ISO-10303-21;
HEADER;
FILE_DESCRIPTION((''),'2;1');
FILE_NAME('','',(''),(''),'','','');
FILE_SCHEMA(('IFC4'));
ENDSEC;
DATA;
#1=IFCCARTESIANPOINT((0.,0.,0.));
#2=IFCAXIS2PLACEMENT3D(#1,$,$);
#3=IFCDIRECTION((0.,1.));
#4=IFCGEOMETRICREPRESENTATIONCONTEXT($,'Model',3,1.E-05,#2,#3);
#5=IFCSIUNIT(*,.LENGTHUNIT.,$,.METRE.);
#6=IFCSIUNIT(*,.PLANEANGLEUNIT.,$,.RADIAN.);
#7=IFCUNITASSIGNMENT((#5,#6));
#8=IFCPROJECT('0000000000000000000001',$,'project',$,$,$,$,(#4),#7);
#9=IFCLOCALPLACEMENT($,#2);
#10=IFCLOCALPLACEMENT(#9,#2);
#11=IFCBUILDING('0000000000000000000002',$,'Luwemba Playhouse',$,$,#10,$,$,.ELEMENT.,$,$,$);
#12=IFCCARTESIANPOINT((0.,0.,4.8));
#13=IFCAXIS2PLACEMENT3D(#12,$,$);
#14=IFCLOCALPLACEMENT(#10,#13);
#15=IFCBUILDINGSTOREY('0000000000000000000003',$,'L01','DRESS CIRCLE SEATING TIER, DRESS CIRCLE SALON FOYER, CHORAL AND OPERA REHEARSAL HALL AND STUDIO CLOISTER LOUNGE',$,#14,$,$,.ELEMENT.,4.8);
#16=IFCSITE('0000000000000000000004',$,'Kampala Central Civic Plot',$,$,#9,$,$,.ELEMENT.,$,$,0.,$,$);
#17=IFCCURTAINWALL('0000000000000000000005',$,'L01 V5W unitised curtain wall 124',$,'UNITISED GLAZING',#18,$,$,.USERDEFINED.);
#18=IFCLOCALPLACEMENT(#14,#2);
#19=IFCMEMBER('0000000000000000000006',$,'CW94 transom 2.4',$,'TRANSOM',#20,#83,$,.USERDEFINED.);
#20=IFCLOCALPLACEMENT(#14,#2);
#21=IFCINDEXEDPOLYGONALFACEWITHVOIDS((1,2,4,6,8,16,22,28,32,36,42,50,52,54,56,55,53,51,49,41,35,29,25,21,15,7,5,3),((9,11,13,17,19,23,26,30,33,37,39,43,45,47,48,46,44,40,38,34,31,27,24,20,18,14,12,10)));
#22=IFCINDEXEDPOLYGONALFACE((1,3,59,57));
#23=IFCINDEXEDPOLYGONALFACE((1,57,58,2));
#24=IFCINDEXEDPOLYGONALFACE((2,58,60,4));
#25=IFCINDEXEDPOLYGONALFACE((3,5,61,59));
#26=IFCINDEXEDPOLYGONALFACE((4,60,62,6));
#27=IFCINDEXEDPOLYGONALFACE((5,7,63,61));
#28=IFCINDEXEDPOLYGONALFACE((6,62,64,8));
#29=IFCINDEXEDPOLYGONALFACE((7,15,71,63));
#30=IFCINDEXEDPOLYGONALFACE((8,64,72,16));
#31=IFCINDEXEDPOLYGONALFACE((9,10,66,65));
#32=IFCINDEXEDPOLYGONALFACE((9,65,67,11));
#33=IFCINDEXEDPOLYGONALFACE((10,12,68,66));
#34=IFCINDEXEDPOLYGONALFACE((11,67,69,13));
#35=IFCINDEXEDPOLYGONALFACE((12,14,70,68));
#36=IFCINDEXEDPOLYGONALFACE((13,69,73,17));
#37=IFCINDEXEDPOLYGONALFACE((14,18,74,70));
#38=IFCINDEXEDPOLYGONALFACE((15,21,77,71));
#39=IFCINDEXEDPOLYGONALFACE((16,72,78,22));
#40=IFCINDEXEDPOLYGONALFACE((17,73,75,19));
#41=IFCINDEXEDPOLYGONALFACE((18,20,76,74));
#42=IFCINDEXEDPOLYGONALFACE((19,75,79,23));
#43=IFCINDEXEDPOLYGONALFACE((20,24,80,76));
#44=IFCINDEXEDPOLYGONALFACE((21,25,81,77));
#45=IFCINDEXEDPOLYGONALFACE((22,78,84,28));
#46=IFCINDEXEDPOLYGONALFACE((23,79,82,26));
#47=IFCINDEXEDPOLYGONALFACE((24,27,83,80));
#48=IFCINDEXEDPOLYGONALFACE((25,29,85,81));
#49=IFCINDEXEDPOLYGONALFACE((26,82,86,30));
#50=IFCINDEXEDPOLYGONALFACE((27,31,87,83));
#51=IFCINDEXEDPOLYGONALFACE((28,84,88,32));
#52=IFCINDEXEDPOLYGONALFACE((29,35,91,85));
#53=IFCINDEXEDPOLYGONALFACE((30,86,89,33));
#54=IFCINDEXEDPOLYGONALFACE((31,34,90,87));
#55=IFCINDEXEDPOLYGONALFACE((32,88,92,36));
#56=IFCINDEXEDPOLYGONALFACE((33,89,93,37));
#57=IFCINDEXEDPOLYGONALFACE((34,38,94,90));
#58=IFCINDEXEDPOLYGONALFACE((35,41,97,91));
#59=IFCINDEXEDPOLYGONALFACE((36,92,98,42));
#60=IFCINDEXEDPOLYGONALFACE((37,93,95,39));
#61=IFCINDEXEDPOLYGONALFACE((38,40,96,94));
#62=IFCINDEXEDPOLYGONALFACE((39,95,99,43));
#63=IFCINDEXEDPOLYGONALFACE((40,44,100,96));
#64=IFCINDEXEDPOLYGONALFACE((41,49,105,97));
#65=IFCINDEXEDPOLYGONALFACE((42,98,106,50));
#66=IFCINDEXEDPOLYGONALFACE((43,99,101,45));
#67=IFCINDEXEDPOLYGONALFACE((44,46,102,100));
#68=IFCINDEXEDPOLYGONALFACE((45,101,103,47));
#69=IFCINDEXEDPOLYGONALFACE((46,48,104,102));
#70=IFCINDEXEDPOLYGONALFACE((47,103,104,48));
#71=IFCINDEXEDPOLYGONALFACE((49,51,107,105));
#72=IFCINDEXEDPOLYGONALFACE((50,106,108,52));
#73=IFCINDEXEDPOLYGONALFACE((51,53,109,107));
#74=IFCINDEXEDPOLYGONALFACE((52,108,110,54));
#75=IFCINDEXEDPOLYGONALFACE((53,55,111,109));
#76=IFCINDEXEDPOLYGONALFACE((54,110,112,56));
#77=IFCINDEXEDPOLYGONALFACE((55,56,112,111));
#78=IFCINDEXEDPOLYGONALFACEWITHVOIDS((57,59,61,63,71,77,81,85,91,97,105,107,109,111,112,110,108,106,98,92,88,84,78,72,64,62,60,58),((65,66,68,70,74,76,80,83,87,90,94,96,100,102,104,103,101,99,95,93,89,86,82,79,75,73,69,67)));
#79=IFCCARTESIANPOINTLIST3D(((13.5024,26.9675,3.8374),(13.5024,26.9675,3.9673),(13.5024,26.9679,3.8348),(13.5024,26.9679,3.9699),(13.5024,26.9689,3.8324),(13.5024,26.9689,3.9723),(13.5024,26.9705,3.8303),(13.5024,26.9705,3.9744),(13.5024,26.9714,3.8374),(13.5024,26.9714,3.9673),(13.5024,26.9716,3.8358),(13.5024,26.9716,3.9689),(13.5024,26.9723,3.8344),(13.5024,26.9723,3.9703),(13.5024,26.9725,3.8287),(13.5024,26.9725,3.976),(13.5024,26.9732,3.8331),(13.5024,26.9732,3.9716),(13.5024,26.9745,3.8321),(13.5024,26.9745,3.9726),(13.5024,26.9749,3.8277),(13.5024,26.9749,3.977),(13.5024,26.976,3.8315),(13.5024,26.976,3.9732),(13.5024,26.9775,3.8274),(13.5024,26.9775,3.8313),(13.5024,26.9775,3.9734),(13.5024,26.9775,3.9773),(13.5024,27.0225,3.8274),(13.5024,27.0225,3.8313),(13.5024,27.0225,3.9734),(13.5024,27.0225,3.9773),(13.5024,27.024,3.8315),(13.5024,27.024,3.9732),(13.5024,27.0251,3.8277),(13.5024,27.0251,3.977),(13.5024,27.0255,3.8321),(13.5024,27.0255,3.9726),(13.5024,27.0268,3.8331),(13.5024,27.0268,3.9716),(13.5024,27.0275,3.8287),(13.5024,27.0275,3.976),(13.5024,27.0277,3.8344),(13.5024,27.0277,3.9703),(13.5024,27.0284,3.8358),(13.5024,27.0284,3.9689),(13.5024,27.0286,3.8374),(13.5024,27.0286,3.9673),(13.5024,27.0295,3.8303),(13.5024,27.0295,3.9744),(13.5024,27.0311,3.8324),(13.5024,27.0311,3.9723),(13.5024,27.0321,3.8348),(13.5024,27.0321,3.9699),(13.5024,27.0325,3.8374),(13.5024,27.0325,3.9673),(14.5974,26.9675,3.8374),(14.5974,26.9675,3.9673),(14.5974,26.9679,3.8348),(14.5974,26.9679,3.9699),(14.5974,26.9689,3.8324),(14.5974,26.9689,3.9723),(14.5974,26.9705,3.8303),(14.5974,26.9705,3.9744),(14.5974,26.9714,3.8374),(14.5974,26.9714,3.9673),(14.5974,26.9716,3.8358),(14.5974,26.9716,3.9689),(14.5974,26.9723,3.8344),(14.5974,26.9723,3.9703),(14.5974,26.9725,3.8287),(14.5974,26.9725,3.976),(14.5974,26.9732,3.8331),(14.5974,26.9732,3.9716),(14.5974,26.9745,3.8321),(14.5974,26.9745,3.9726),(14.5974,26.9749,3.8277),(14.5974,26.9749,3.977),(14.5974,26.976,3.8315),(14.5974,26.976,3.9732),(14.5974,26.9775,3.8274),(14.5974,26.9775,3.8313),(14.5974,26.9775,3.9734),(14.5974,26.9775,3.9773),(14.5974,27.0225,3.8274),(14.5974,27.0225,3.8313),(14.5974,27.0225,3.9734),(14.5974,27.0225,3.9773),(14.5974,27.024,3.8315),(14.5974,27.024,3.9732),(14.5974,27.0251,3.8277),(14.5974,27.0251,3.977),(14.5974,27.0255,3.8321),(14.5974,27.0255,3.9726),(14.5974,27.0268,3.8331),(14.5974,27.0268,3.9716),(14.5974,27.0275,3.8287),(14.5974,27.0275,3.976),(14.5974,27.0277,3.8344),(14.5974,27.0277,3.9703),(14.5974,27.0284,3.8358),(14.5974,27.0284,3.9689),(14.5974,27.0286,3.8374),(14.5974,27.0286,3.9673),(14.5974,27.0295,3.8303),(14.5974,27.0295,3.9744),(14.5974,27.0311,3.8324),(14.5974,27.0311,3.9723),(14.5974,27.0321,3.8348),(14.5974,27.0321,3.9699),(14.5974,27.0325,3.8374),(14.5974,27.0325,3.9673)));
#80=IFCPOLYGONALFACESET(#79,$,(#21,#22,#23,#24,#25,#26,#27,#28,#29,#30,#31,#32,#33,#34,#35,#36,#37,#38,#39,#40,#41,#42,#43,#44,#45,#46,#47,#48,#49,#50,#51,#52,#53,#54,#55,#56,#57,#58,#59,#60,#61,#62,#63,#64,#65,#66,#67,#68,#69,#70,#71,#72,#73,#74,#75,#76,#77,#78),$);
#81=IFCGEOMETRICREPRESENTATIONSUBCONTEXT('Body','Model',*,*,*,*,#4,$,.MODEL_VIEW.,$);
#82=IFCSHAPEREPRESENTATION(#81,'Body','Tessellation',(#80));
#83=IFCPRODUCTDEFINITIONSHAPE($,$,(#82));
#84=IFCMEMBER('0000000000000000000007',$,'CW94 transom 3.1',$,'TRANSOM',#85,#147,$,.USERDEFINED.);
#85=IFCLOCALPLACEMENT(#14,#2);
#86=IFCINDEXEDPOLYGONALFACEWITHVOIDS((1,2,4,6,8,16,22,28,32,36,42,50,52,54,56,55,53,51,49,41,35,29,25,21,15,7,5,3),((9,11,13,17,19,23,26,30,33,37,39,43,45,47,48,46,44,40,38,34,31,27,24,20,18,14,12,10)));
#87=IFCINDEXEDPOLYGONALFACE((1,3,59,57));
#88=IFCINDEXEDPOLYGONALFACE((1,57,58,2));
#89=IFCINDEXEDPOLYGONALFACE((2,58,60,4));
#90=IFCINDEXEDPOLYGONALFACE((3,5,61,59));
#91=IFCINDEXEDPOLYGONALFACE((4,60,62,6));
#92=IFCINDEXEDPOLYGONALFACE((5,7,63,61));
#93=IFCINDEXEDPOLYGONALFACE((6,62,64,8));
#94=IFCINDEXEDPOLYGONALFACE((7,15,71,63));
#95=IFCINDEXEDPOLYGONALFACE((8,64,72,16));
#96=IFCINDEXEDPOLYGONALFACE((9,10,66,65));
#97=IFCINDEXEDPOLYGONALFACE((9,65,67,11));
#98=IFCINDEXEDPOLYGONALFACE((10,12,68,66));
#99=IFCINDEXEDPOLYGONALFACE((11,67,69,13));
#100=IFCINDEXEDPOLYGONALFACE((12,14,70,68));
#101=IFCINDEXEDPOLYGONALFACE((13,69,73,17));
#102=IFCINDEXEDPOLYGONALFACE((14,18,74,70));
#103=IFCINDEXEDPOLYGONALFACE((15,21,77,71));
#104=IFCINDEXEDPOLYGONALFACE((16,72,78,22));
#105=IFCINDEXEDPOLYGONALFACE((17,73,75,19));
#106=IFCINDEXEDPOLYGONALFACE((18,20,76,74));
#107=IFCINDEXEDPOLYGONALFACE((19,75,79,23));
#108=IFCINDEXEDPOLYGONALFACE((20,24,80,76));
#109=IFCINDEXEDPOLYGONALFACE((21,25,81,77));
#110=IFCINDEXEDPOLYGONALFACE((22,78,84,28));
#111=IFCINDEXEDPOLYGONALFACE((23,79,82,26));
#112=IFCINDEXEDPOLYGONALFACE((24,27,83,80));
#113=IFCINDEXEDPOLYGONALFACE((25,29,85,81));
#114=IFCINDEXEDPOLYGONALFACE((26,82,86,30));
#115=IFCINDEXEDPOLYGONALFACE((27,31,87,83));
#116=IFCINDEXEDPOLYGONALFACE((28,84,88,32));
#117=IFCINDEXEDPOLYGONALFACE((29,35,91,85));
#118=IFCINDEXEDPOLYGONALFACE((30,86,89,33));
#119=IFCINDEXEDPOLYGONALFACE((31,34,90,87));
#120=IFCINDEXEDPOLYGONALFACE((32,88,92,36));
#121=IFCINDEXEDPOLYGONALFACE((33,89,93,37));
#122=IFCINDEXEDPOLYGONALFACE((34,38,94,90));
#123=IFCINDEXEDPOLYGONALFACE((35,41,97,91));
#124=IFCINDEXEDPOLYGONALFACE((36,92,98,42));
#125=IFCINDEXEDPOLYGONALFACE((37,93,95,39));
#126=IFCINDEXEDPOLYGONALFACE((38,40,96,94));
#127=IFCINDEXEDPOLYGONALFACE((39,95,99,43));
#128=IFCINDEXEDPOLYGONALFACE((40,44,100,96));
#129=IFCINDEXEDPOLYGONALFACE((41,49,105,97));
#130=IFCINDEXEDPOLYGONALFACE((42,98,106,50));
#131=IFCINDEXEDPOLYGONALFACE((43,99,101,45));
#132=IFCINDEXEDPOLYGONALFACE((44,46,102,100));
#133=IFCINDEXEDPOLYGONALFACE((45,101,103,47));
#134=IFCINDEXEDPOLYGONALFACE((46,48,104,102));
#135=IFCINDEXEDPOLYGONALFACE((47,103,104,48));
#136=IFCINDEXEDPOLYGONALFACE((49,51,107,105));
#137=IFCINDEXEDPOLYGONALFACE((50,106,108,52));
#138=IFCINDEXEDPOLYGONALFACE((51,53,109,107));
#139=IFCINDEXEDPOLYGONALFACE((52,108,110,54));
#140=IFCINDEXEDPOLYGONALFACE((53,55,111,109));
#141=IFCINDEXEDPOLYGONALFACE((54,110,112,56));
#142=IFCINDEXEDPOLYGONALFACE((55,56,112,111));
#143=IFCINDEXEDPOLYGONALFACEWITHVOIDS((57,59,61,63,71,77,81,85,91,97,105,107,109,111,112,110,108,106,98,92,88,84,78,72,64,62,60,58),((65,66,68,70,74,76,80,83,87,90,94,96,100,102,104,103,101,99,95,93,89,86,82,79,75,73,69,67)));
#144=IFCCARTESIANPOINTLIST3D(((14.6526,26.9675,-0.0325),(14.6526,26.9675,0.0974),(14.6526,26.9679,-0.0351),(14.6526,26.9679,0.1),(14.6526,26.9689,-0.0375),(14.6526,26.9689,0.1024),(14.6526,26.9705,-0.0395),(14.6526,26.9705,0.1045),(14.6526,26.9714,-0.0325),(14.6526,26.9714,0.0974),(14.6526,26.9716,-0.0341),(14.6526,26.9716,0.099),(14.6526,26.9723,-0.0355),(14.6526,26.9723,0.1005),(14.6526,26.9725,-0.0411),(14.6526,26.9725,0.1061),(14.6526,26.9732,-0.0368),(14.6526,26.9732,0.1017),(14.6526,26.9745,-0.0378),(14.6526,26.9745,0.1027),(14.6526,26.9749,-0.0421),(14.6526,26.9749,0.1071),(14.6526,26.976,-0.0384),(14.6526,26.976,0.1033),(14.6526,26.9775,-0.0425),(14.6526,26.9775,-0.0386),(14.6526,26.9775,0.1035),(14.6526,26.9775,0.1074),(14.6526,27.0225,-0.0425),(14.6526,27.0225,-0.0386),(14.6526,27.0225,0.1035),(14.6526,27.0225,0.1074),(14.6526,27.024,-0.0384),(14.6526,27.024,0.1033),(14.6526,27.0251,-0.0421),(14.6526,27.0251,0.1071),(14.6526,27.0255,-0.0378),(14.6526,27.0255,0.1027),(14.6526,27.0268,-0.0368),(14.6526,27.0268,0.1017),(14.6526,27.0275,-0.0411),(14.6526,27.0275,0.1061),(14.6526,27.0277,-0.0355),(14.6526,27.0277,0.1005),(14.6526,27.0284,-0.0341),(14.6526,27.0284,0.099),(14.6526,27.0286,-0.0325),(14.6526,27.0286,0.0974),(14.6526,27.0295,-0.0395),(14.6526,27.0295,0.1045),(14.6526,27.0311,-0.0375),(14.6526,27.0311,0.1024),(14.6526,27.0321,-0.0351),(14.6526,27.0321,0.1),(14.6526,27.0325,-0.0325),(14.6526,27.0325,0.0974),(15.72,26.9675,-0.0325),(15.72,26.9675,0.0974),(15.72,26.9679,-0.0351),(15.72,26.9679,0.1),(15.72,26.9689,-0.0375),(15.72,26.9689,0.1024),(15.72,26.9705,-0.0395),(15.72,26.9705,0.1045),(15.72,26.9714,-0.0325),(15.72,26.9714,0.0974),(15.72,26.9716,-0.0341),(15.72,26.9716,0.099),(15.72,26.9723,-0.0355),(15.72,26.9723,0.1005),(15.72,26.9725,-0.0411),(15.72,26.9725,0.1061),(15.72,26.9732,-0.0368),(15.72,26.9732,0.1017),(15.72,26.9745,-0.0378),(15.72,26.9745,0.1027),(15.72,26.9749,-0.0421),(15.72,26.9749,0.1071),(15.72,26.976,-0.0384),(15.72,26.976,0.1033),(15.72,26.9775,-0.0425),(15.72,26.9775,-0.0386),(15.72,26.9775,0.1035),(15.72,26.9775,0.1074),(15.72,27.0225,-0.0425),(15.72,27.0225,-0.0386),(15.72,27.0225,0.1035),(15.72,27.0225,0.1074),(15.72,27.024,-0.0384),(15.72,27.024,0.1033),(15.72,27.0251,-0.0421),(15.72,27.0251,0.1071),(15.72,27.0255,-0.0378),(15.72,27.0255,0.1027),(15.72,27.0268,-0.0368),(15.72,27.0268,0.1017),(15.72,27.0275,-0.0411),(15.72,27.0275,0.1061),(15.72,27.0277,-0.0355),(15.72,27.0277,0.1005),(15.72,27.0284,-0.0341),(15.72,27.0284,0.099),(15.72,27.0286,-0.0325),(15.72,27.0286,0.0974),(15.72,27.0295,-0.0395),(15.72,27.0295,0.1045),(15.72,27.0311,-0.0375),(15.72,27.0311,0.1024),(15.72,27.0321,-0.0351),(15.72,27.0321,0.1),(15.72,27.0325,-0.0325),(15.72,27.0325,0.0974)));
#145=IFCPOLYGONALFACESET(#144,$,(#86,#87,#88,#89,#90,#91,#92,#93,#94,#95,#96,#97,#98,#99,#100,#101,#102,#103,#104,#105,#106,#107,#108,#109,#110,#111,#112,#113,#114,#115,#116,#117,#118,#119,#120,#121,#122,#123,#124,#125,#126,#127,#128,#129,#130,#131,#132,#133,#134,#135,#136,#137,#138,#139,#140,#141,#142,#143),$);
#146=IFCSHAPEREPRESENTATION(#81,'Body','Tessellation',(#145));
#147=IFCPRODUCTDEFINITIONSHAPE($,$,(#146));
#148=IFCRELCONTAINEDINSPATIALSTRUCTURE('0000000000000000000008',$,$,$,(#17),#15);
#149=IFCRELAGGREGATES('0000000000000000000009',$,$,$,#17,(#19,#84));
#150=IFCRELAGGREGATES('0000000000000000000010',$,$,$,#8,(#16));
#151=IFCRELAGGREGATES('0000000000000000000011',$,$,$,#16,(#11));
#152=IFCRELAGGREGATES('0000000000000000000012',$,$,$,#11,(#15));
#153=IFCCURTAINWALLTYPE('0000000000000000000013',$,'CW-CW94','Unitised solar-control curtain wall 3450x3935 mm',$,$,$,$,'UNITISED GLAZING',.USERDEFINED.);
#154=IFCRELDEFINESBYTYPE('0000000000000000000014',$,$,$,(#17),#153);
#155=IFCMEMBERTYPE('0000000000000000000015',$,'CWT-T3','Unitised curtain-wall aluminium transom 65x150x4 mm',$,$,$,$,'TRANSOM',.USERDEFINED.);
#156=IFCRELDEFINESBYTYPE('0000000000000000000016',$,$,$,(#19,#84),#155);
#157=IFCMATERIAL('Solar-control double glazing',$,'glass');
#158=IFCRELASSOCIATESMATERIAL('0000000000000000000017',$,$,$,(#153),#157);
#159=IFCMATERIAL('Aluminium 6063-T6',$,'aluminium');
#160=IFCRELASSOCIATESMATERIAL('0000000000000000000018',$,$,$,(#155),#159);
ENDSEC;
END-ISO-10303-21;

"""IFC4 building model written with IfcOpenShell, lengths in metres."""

from ifc_helpers import new_model, si_unit, direction, frame, origin, origin_2d, place, context, subcontext, project, spatial, hollow_rectangle, extrude, material, material_profile, profile_set, type_object, element, aggregate, save


model = new_model("IFC4")

# Units and contexts
model_context = context("Model", 3, precision=1e-05, world=origin(), true_north=direction((0.0, 1.0)))
body_context = subcontext(model_context, "Body", "Model", "MODEL_VIEW")
ifc_project = project(units=[si_unit("LENGTHUNIT", "METRE"), si_unit("PLANEANGLEUNIT", "RADIAN")], contexts=[model_context])

# Site, building, storey
site_placement = place(None, origin())
site = spatial("IfcSite", under=ifc_project, at=site_placement, Name="Kampala Central Civic Plot", CompositionType="ELEMENT", RefElevation=0.0)
building_placement = place(site_placement, origin())
building = spatial("IfcBuilding", under=site, at=building_placement, Name="Luwemba Playhouse", CompositionType="ELEMENT")
storey_placement = place(building_placement, frame((0.0, 0.0, 4.8)))
storey = spatial("IfcBuildingStorey", under=building, at=storey_placement, Name="L01", Description="DRESS CIRCLE SEATING TIER, DRESS CIRCLE SALON FOYER, CHORAL AND OPERA REHEARSAL HALL AND STUDIO CLOISTER LOUNGE", CompositionType="ELEMENT", Elevation=4.8)

# Shared definitions
ifc_material_1 = material(Name="Solar-control double glazing", Category="glass")
ifc_material_2 = material(Name="Aluminium 6063-T6", Category="aluminium")

# Curtain wall, members
curtain_wall_type_1 = type_object("IfcCurtainWallType", Name="CW-CW94", Description="Unitised solar-control curtain wall 3450x3935 mm", ElementType="UNITISED GLAZING", PredefinedType="USERDEFINED", material=ifc_material_1)
curtain_wall_1_placement = place(storey_placement, origin())
curtain_wall_1 = element("IfcCurtainWall", 1, at=curtain_wall_1_placement, inside=storey, type_object=curtain_wall_type_1, Name="L01 V5W unitised curtain wall 124", ObjectType="UNITISED GLAZING", PredefinedType="USERDEFINED")
ifc_material_profile_1 = material_profile(ifc_material_2, hollow_rectangle(XDim=0.0649, YDim=0.1499, WallThickness=0.0039, InnerFilletRadius=0.0061, OuterFilletRadius=0.01, at=origin_2d()))
ifc_profile_set_1 = profile_set([ifc_material_profile_1], Name="Aluminium 6063-T6")
member_type_1 = type_object("IfcMemberType", Name="CWT-T3", Description="Unitised curtain-wall aluminium transom 65x150x4 mm", ElementType="TRANSOM", PredefinedType="USERDEFINED", material=ifc_profile_set_1)
member_1_placement = place(storey_placement, frame((13.5024, 27.0, 3.9023), z_axis=(1.0, 0.0, 0.0), x_axis=(0.0, 1.0, 0.0)))
member_1 = element("IfcMember", 2, at=member_1_placement, type_object=member_type_1, Name="CW94 transom 2.4", ObjectType="TRANSOM", PredefinedType="USERDEFINED", context=body_context, shape_type="SweptSolid", body=[
    extrude(hollow_rectangle(XDim=0.0649, YDim=0.1499, WallThickness=0.0039, InnerFilletRadius=0.0061, OuterFilletRadius=0.01, at=origin_2d()), origin(), (0.0, 0.0, 1.0), 1.095),
])
member_2_placement = place(storey_placement, frame((14.6526, 27.0, 0.0325), z_axis=(1.0, 0.0, 0.0), x_axis=(0.0, 1.0, 0.0)))
member_2 = element("IfcMember", 3, at=member_2_placement, type_object=member_type_1, Name="CW94 transom 3.1", ObjectType="TRANSOM", PredefinedType="USERDEFINED", context=body_context, shape_type="SweptSolid", body=[
    extrude(hollow_rectangle(XDim=0.0649, YDim=0.1499, WallThickness=0.0039, InnerFilletRadius=0.0061, OuterFilletRadius=0.01, at=origin_2d()), origin(), (0.0, 0.0, 1.0), 1.0674),
])

aggregate(curtain_wall_1, [member_1, member_2])

save(model, "model.ifc")
